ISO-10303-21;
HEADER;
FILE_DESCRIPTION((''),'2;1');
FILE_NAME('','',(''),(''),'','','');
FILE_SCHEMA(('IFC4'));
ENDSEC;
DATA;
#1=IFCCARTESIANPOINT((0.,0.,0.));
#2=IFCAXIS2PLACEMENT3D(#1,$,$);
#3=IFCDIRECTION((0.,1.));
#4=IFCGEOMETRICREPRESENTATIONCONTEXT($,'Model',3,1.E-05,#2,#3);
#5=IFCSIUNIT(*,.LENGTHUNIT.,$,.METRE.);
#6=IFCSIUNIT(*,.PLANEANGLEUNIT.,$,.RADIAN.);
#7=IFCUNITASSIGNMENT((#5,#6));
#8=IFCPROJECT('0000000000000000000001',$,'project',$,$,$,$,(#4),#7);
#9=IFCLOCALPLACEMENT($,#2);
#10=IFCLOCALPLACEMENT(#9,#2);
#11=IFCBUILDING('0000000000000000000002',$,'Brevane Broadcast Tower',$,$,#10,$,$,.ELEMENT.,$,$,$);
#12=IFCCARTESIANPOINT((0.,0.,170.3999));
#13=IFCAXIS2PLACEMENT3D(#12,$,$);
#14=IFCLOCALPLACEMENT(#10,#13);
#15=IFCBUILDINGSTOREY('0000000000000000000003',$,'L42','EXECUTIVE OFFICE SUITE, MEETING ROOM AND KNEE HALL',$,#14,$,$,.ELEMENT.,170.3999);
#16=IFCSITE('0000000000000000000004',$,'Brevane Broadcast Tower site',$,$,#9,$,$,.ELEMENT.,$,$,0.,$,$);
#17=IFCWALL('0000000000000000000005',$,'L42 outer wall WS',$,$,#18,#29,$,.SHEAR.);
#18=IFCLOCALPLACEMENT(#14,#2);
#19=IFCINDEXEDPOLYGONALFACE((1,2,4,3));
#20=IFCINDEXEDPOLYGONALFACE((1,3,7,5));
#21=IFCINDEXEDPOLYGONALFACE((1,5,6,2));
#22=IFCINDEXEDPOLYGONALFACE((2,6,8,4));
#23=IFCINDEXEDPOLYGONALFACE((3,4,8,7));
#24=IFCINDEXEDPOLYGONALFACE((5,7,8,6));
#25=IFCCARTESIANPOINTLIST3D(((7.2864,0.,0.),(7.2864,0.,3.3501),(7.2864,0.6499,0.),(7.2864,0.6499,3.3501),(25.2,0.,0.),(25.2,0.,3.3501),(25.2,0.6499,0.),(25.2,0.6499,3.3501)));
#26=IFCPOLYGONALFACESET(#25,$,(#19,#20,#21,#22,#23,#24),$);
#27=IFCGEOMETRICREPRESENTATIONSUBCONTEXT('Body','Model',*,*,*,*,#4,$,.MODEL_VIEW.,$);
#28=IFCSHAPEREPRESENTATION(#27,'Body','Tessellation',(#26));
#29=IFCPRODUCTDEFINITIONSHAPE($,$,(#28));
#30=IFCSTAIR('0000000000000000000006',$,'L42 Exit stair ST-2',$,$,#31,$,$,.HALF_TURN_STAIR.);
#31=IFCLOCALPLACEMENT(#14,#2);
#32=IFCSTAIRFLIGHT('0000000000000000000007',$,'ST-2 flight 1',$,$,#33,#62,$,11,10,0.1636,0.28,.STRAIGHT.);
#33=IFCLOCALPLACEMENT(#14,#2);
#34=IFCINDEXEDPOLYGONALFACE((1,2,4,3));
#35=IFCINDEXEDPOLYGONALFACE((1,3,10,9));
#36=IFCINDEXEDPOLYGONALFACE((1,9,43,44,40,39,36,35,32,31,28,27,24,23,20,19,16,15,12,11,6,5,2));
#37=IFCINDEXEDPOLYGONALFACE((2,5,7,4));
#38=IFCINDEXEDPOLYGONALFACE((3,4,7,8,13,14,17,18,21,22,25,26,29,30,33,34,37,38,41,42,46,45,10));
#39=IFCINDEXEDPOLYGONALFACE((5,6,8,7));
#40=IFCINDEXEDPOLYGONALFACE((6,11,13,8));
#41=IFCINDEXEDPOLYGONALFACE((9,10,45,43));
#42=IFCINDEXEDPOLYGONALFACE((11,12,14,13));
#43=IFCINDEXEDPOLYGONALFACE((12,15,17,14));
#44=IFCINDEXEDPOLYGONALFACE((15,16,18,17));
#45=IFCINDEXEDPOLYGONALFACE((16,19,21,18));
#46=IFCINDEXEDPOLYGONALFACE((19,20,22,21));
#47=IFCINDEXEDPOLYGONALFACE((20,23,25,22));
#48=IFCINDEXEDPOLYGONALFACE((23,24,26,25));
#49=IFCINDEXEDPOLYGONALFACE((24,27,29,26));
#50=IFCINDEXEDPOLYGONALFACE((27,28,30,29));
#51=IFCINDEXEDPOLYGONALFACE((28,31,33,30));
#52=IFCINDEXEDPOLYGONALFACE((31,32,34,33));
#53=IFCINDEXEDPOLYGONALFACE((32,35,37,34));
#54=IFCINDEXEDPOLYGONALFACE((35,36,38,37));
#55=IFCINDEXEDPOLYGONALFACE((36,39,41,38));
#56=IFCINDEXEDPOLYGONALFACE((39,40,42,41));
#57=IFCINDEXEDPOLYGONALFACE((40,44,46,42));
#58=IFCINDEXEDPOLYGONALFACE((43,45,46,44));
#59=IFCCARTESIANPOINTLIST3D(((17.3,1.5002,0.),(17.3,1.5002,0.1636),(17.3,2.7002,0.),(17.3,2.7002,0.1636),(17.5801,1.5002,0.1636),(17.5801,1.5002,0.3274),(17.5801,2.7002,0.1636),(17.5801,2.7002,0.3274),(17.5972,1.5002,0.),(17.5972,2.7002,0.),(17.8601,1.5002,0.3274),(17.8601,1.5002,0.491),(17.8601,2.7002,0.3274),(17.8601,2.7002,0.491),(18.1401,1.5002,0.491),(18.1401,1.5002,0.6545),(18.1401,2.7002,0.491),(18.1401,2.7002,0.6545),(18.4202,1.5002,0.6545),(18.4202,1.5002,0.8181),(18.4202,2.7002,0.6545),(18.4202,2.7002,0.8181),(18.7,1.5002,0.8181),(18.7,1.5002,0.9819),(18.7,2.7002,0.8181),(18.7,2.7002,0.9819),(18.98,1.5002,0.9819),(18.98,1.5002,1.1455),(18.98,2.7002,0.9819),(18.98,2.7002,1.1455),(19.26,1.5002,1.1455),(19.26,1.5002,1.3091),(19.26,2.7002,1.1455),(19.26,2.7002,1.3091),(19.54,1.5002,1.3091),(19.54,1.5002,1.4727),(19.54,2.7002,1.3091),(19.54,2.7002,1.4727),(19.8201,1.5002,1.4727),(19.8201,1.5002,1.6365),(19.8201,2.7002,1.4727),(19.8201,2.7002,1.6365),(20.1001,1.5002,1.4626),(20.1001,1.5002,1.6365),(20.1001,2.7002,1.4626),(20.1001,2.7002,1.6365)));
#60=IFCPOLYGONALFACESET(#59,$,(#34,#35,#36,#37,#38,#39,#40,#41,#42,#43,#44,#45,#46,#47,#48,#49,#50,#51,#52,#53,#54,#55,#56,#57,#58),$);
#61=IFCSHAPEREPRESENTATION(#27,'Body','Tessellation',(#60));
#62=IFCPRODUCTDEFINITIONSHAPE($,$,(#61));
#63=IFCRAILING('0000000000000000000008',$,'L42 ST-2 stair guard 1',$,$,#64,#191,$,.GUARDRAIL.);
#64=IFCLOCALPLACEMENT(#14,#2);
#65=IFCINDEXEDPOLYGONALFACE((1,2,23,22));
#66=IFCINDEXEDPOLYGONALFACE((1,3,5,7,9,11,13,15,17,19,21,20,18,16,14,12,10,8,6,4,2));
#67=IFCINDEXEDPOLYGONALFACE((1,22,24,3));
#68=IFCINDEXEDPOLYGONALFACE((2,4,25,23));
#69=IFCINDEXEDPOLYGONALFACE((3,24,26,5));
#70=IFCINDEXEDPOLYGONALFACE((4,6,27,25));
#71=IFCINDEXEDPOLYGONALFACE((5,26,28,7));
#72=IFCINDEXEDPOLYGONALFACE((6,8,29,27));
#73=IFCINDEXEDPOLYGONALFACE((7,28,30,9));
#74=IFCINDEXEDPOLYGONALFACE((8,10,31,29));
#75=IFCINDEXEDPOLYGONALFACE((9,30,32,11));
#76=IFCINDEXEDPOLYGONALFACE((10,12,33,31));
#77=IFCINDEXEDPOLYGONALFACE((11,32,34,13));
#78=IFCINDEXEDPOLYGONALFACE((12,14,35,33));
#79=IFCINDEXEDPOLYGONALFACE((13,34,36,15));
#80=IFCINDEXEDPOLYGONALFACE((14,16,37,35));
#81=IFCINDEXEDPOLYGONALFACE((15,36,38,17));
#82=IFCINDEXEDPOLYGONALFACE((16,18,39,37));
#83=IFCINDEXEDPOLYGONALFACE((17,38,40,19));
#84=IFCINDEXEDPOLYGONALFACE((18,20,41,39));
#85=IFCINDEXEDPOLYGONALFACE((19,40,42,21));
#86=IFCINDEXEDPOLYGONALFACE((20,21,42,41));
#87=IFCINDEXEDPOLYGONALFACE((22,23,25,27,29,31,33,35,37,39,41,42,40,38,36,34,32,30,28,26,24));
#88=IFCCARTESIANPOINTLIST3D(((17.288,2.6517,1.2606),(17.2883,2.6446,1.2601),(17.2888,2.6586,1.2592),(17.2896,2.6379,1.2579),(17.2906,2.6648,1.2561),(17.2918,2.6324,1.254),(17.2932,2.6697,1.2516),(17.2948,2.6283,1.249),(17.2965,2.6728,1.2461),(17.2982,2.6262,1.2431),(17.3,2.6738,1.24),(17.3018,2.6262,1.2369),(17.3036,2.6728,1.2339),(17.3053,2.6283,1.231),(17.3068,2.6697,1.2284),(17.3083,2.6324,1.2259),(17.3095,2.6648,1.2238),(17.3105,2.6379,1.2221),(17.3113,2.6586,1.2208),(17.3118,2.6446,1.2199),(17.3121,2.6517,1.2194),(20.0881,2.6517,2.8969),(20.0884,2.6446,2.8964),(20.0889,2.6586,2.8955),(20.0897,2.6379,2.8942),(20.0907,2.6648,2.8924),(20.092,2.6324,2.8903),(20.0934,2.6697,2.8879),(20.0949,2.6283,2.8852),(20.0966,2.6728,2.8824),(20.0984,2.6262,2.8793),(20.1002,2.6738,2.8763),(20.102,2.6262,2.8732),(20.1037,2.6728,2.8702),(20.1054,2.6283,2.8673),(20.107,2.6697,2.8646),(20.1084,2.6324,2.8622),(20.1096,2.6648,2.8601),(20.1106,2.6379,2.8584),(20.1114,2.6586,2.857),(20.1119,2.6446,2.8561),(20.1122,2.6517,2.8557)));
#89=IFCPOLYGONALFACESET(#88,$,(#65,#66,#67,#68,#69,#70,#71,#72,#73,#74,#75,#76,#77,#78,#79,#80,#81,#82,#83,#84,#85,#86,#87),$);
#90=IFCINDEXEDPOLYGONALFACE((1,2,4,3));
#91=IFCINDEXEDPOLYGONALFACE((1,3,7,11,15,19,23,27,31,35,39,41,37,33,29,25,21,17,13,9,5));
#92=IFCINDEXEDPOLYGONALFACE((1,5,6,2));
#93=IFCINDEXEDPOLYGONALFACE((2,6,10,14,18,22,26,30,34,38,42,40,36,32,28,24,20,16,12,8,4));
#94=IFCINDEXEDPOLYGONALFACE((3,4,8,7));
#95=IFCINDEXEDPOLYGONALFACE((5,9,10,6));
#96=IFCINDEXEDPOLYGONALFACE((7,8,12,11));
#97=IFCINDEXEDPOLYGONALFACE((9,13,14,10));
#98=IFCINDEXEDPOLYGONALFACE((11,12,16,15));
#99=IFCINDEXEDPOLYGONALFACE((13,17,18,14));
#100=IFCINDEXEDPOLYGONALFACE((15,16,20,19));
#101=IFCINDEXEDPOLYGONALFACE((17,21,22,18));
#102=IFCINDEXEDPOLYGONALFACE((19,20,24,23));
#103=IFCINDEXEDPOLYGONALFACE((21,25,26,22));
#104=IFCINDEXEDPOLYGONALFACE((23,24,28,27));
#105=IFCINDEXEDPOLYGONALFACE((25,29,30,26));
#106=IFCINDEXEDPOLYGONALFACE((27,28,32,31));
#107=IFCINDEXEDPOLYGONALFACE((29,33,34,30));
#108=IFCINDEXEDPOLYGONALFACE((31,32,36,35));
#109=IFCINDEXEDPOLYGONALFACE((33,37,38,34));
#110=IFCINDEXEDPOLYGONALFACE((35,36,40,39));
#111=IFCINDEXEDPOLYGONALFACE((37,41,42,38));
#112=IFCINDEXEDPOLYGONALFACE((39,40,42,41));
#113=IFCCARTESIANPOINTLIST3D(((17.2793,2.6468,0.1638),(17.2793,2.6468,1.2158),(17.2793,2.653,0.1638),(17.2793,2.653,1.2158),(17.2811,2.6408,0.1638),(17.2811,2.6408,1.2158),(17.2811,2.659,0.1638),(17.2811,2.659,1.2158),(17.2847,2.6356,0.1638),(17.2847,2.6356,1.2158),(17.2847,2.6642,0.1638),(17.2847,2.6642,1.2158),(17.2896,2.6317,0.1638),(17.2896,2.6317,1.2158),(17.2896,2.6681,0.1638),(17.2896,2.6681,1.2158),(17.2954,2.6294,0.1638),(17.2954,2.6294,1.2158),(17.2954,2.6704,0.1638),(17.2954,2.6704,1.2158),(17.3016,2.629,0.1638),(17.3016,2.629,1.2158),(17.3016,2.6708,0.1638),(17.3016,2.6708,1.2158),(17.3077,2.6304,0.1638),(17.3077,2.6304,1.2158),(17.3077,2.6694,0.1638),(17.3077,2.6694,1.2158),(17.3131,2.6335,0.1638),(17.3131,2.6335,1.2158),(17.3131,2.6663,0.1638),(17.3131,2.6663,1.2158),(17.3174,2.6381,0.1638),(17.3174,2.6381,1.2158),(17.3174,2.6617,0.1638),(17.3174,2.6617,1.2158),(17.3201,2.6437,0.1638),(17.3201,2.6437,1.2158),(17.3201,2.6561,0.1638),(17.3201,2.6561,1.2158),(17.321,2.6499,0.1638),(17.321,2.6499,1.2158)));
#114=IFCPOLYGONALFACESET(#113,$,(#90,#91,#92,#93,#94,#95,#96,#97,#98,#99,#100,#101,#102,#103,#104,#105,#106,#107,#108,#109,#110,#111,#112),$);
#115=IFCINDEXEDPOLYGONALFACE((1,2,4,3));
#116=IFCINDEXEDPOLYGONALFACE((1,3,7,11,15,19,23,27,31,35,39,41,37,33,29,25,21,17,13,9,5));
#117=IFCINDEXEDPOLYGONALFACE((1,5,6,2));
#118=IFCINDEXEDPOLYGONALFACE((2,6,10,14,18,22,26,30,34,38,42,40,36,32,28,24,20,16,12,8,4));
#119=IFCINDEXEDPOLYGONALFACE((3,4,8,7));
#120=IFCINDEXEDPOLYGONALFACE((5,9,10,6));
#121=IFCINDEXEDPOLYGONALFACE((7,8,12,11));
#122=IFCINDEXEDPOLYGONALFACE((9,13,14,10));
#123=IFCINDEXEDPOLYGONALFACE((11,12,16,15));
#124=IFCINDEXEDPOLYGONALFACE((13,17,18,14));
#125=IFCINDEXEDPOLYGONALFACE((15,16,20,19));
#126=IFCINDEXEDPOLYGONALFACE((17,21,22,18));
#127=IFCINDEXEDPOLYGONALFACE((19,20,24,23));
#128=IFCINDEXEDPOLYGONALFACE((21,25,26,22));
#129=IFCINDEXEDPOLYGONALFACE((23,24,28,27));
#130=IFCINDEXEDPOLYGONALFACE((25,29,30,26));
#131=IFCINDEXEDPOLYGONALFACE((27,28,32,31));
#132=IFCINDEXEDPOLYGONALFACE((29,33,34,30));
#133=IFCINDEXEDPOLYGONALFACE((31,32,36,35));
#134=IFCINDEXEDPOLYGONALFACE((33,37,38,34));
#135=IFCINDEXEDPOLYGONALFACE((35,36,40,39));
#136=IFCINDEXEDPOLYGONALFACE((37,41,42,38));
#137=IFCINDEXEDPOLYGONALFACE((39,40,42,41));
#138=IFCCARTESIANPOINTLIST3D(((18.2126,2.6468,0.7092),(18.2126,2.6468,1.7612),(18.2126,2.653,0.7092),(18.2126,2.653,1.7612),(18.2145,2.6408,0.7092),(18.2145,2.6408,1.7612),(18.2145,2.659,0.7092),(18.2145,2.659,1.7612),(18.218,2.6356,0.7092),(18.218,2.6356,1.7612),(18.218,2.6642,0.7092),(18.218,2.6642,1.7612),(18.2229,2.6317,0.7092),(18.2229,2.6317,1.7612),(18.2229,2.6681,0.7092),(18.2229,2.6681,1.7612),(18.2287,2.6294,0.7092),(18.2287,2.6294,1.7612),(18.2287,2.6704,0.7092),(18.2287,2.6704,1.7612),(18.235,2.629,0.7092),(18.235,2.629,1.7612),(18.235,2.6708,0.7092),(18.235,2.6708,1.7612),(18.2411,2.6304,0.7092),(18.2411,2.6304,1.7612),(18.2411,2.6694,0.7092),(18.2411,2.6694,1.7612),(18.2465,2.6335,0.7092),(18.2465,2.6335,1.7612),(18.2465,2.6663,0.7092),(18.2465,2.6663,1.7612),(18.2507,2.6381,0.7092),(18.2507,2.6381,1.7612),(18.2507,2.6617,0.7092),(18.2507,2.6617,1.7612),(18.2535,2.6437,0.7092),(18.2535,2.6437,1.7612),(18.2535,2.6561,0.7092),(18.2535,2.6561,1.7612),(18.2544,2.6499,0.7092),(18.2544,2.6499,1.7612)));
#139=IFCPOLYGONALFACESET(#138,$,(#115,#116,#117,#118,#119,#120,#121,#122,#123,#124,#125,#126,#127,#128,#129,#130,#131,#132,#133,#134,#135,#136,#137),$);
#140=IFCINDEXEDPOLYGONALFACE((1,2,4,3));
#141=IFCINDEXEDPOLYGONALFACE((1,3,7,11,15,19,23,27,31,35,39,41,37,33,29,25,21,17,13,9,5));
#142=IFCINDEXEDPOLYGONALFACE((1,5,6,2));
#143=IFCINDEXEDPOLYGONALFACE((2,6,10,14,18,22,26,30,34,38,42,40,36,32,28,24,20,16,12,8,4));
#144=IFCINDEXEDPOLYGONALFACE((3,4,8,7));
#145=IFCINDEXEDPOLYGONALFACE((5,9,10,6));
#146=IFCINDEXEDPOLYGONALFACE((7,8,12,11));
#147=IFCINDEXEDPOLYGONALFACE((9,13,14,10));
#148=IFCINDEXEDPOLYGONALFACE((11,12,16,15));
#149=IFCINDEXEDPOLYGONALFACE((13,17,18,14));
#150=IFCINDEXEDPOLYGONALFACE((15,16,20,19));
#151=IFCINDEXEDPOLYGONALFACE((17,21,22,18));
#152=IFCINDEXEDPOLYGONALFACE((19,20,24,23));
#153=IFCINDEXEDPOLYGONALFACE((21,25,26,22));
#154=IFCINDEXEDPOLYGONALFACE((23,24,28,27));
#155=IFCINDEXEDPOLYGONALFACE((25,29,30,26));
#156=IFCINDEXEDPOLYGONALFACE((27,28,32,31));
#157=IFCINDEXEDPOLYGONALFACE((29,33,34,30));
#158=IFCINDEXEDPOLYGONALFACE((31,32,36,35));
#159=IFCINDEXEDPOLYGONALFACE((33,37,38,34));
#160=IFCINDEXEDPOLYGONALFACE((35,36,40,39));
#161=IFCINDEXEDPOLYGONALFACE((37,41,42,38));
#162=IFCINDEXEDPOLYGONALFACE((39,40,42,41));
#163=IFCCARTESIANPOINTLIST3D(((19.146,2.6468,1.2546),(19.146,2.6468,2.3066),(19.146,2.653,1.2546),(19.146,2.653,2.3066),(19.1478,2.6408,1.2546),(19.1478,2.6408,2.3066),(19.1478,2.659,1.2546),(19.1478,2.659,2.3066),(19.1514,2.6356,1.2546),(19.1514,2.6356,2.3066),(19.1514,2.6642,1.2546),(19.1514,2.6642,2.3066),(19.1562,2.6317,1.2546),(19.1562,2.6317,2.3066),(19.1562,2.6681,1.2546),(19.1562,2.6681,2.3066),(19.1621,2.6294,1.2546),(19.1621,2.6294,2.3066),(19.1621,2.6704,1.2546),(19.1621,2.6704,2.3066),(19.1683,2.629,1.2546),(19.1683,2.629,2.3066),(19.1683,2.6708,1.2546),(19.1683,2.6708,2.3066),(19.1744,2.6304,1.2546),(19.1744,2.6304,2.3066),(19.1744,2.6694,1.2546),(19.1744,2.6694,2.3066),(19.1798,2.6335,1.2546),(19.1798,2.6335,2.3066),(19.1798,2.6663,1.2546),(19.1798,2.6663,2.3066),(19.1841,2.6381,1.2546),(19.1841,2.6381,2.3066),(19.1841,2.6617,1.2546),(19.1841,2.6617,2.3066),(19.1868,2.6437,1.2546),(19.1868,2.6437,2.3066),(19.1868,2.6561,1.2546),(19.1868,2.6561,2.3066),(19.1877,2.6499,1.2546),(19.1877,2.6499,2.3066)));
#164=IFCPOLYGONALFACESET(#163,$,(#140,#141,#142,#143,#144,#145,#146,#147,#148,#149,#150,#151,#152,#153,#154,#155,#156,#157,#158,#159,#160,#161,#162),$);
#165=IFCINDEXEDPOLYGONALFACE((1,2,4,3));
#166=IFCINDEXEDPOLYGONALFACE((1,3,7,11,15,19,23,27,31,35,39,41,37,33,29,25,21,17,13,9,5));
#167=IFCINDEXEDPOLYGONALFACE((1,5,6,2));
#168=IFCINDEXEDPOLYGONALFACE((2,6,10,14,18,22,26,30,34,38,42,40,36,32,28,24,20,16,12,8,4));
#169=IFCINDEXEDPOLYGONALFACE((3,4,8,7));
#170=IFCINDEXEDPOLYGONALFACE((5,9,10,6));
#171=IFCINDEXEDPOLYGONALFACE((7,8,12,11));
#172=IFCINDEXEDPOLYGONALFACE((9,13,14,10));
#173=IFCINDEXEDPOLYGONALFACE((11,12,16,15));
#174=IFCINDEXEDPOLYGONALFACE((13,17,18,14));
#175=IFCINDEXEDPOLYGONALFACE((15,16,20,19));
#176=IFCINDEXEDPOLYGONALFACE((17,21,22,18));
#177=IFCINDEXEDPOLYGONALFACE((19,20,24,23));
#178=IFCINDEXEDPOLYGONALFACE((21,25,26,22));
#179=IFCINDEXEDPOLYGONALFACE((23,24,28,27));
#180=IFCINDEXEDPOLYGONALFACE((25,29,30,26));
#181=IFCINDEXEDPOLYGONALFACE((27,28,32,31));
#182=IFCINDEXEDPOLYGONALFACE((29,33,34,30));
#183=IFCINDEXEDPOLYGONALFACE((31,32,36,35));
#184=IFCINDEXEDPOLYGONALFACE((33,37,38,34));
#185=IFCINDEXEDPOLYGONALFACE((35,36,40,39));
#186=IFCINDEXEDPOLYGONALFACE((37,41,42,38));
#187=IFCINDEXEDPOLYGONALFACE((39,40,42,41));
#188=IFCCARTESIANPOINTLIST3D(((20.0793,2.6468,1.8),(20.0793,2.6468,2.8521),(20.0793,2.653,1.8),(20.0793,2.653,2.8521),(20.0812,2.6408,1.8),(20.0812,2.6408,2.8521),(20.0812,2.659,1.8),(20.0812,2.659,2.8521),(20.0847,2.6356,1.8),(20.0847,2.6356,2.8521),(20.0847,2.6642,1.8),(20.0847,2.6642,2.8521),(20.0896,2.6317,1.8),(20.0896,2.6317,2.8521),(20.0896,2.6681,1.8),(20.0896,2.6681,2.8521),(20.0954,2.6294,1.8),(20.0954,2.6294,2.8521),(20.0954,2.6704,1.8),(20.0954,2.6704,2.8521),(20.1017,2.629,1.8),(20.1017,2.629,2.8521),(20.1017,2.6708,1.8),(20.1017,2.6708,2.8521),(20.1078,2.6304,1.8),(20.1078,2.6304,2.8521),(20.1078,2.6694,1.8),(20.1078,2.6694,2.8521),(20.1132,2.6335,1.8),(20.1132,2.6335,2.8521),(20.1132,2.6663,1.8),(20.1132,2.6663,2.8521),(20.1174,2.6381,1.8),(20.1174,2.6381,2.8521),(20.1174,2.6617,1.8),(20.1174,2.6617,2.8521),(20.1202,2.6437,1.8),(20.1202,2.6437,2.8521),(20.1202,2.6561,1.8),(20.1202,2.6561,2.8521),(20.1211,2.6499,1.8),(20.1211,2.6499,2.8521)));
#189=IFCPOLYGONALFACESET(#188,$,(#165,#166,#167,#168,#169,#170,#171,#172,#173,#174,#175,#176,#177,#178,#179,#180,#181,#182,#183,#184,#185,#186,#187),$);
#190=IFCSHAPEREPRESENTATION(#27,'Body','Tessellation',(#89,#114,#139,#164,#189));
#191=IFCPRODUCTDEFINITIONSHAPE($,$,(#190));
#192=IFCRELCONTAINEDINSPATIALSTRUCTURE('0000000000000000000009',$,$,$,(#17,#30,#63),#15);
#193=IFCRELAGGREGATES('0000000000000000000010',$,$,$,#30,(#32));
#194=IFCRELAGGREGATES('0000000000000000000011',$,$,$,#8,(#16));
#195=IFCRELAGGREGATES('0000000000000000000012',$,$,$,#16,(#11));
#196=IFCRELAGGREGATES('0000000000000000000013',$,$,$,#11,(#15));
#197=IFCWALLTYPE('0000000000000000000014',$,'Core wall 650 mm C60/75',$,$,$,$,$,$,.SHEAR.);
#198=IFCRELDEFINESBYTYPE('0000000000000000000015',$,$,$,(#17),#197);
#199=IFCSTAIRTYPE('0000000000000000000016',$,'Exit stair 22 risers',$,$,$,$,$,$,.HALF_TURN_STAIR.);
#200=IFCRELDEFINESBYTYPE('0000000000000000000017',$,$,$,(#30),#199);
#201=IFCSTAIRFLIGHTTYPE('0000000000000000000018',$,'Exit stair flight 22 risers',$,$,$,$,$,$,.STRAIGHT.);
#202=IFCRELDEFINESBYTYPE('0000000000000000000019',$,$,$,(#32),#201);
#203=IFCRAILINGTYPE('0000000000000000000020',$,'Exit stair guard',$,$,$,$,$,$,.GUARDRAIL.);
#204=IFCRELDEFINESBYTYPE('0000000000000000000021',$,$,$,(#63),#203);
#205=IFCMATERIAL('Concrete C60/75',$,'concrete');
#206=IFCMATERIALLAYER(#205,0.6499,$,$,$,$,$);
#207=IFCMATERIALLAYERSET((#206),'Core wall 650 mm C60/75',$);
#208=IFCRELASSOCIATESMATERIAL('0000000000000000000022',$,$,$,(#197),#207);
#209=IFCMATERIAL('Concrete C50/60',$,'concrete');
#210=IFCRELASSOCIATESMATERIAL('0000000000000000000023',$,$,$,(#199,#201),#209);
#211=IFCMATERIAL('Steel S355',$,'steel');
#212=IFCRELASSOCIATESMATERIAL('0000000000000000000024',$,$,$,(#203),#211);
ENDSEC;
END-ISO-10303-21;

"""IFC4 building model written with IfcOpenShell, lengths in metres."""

from ifc_helpers import new_model, si_unit, direction, frame, frame_2d, origin, origin_2d, place, context, subcontext, project, spatial, polyline, rectangle, circle, outline, extrude, material, layer, layer_set, type_object, element, aggregate, save


model = new_model("IFC4")

# Units and contexts
model_context = context("Model", 3, precision=1e-05, world=origin(), true_north=direction((0.0, 1.0)))
body_context = subcontext(model_context, "Body", "Model", "MODEL_VIEW")
ifc_project = project(units=[si_unit("LENGTHUNIT", "METRE"), si_unit("PLANEANGLEUNIT", "RADIAN")], contexts=[model_context])

# Site, building, storey
site_placement = place(None, origin())
site = spatial("IfcSite", under=ifc_project, at=site_placement, Name="Brevane Broadcast Tower site", CompositionType="ELEMENT", RefElevation=0.0)
building_placement = place(site_placement, origin())
building = spatial("IfcBuilding", under=site, at=building_placement, Name="Brevane Broadcast Tower", CompositionType="ELEMENT")
storey_placement = place(building_placement, frame((0.0, 0.0, 170.3999)))
storey = spatial("IfcBuildingStorey", under=building, at=storey_placement, Name="L42", Description="EXECUTIVE OFFICE SUITE, MEETING ROOM AND KNEE HALL", CompositionType="ELEMENT", Elevation=170.3999)

# Shared definitions
ifc_material_1 = material(Name="Concrete C60/75", Category="concrete")

# Wall
ifc_layer_1 = layer(ifc_material_1, 0.6499)
ifc_layer_set_1 = layer_set([ifc_layer_1], Name="Core wall 650 mm C60/75")
wall_type_1 = type_object("IfcWallType", Name="Core wall 650 mm C60/75", PredefinedType="SHEAR", material=ifc_layer_set_1)
wall_1_placement = place(storey_placement, frame((7.2864, 0.325, 0.0), z_axis=(0.0, 0.0, 1.0), x_axis=(1.0, 0.0, 0.0)))
element("IfcWall", 1, at=wall_1_placement, inside=storey, type_object=wall_type_1, Name="L42 outer wall WS", PredefinedType="SHEAR", context=body_context, shape_type="SweptSolid", body=[
    extrude(rectangle(XDim=17.9136, YDim=0.6499, at=frame_2d((8.9568, 0.0))), origin(), (0.0, 0.0, 1.0), 3.3501),
])

# Stair, stair flight
ifc_material_2 = material(Name="Concrete C50/60", Category="concrete")
stair_type = type_object("IfcStairType", Name="Exit stair 22 risers", PredefinedType="HALF_TURN_STAIR", material=ifc_material_2)
stair_placement = place(storey_placement, origin())
stair = element("IfcStair", 2, at=stair_placement, inside=storey, type_object=stair_type, Name="L42 Exit stair ST-2", PredefinedType="HALF_TURN_STAIR")
stair_flight_type = type_object("IfcStairFlightType", Name="Exit stair flight 22 risers", PredefinedType="STRAIGHT", material=ifc_material_2)
stair_flight_placement = place(storey_placement, frame((17.3, 2.1001, 0.0), z_axis=(0.0, 0.0, 1.0), x_axis=(1.0, 0.0, 0.0)))
stair_flight = element("IfcStairFlight", 3, at=stair_flight_placement, type_object=stair_flight_type, Name="ST-2 flight 1", NumberOfRisers=11, NumberOfTreads=10, PredefinedType="STRAIGHT", RiserHeight=0.1636, TreadLength=0.28, context=body_context, shape_type="SweptSolid", body=[
    extrude(outline(polyline([(0.0, 0.0), (0.0, 0.1636), (0.28, 0.1636), (0.28, 0.3274), (0.5601, 0.3274), (0.5601, 0.491), (0.8401, 0.491), (0.8401, 0.6545), (1.1201, 0.6545), (1.1201, 0.8181), (1.3999, 0.8181), (1.3999, 0.9819), (1.6799, 0.9819), (1.6799, 1.1455), (1.96, 1.1455), (1.96, 1.3091), (2.24, 1.3091), (2.24, 1.4727), (2.52, 1.4727), (2.52, 1.6365), (2.8, 1.6365), (2.8, 1.8), (2.8, 1.4626), (0.2971, 0.0), (0.0, 0.0)])), frame((0.0, 0.6001, 0.0), z_axis=(0.0, -1.0, 0.0), x_axis=(1.0, 0.0, 0.0)), (0.0, 0.0, 1.0), 1.2),
])
aggregate(stair, [stair_flight])

# Railing
ifc_material_3 = material(Name="Steel S355", Category="steel")
railing_type_1 = type_object("IfcRailingType", Name="Exit stair guard", PredefinedType="GUARDRAIL", material=ifc_material_3)
railing_1_placement = place(storey_placement, frame((17.3, 2.6499, 0.1638)))
element("IfcRailing", 4, at=railing_1_placement, inside=storey, type_object=railing_type_1, Name="L42 ST-2 stair guard 1", PredefinedType="GUARDRAIL", context=body_context, shape_type="SweptSolid", body=[
    extrude(circle(Radius=0.0239, at=origin_2d()), frame((0.0, 0.0, 1.0762), z_axis=(0.863394, 0.0, 0.504531), x_axis=(0.0, 1.0, 0.0)), (0.0, 0.0, 1.0), 3.2432),
    extrude(circle(Radius=0.021, at=origin_2d()), origin(), (0.0, 0.0, 1.0), 1.052),
    extrude(circle(Radius=0.021, at=origin_2d()), frame((0.9333, 0.0, 0.5454)), (0.0, 0.0, 1.0), 1.052),
    extrude(circle(Radius=0.021, at=origin_2d()), frame((1.8667, 0.0, 1.0908)), (0.0, 0.0, 1.0), 1.052),
    extrude(circle(Radius=0.021, at=origin_2d()), frame((2.8, 0.0, 1.6362)), (0.0, 0.0, 1.0), 1.052),
])

save(model, "model.ifc")
